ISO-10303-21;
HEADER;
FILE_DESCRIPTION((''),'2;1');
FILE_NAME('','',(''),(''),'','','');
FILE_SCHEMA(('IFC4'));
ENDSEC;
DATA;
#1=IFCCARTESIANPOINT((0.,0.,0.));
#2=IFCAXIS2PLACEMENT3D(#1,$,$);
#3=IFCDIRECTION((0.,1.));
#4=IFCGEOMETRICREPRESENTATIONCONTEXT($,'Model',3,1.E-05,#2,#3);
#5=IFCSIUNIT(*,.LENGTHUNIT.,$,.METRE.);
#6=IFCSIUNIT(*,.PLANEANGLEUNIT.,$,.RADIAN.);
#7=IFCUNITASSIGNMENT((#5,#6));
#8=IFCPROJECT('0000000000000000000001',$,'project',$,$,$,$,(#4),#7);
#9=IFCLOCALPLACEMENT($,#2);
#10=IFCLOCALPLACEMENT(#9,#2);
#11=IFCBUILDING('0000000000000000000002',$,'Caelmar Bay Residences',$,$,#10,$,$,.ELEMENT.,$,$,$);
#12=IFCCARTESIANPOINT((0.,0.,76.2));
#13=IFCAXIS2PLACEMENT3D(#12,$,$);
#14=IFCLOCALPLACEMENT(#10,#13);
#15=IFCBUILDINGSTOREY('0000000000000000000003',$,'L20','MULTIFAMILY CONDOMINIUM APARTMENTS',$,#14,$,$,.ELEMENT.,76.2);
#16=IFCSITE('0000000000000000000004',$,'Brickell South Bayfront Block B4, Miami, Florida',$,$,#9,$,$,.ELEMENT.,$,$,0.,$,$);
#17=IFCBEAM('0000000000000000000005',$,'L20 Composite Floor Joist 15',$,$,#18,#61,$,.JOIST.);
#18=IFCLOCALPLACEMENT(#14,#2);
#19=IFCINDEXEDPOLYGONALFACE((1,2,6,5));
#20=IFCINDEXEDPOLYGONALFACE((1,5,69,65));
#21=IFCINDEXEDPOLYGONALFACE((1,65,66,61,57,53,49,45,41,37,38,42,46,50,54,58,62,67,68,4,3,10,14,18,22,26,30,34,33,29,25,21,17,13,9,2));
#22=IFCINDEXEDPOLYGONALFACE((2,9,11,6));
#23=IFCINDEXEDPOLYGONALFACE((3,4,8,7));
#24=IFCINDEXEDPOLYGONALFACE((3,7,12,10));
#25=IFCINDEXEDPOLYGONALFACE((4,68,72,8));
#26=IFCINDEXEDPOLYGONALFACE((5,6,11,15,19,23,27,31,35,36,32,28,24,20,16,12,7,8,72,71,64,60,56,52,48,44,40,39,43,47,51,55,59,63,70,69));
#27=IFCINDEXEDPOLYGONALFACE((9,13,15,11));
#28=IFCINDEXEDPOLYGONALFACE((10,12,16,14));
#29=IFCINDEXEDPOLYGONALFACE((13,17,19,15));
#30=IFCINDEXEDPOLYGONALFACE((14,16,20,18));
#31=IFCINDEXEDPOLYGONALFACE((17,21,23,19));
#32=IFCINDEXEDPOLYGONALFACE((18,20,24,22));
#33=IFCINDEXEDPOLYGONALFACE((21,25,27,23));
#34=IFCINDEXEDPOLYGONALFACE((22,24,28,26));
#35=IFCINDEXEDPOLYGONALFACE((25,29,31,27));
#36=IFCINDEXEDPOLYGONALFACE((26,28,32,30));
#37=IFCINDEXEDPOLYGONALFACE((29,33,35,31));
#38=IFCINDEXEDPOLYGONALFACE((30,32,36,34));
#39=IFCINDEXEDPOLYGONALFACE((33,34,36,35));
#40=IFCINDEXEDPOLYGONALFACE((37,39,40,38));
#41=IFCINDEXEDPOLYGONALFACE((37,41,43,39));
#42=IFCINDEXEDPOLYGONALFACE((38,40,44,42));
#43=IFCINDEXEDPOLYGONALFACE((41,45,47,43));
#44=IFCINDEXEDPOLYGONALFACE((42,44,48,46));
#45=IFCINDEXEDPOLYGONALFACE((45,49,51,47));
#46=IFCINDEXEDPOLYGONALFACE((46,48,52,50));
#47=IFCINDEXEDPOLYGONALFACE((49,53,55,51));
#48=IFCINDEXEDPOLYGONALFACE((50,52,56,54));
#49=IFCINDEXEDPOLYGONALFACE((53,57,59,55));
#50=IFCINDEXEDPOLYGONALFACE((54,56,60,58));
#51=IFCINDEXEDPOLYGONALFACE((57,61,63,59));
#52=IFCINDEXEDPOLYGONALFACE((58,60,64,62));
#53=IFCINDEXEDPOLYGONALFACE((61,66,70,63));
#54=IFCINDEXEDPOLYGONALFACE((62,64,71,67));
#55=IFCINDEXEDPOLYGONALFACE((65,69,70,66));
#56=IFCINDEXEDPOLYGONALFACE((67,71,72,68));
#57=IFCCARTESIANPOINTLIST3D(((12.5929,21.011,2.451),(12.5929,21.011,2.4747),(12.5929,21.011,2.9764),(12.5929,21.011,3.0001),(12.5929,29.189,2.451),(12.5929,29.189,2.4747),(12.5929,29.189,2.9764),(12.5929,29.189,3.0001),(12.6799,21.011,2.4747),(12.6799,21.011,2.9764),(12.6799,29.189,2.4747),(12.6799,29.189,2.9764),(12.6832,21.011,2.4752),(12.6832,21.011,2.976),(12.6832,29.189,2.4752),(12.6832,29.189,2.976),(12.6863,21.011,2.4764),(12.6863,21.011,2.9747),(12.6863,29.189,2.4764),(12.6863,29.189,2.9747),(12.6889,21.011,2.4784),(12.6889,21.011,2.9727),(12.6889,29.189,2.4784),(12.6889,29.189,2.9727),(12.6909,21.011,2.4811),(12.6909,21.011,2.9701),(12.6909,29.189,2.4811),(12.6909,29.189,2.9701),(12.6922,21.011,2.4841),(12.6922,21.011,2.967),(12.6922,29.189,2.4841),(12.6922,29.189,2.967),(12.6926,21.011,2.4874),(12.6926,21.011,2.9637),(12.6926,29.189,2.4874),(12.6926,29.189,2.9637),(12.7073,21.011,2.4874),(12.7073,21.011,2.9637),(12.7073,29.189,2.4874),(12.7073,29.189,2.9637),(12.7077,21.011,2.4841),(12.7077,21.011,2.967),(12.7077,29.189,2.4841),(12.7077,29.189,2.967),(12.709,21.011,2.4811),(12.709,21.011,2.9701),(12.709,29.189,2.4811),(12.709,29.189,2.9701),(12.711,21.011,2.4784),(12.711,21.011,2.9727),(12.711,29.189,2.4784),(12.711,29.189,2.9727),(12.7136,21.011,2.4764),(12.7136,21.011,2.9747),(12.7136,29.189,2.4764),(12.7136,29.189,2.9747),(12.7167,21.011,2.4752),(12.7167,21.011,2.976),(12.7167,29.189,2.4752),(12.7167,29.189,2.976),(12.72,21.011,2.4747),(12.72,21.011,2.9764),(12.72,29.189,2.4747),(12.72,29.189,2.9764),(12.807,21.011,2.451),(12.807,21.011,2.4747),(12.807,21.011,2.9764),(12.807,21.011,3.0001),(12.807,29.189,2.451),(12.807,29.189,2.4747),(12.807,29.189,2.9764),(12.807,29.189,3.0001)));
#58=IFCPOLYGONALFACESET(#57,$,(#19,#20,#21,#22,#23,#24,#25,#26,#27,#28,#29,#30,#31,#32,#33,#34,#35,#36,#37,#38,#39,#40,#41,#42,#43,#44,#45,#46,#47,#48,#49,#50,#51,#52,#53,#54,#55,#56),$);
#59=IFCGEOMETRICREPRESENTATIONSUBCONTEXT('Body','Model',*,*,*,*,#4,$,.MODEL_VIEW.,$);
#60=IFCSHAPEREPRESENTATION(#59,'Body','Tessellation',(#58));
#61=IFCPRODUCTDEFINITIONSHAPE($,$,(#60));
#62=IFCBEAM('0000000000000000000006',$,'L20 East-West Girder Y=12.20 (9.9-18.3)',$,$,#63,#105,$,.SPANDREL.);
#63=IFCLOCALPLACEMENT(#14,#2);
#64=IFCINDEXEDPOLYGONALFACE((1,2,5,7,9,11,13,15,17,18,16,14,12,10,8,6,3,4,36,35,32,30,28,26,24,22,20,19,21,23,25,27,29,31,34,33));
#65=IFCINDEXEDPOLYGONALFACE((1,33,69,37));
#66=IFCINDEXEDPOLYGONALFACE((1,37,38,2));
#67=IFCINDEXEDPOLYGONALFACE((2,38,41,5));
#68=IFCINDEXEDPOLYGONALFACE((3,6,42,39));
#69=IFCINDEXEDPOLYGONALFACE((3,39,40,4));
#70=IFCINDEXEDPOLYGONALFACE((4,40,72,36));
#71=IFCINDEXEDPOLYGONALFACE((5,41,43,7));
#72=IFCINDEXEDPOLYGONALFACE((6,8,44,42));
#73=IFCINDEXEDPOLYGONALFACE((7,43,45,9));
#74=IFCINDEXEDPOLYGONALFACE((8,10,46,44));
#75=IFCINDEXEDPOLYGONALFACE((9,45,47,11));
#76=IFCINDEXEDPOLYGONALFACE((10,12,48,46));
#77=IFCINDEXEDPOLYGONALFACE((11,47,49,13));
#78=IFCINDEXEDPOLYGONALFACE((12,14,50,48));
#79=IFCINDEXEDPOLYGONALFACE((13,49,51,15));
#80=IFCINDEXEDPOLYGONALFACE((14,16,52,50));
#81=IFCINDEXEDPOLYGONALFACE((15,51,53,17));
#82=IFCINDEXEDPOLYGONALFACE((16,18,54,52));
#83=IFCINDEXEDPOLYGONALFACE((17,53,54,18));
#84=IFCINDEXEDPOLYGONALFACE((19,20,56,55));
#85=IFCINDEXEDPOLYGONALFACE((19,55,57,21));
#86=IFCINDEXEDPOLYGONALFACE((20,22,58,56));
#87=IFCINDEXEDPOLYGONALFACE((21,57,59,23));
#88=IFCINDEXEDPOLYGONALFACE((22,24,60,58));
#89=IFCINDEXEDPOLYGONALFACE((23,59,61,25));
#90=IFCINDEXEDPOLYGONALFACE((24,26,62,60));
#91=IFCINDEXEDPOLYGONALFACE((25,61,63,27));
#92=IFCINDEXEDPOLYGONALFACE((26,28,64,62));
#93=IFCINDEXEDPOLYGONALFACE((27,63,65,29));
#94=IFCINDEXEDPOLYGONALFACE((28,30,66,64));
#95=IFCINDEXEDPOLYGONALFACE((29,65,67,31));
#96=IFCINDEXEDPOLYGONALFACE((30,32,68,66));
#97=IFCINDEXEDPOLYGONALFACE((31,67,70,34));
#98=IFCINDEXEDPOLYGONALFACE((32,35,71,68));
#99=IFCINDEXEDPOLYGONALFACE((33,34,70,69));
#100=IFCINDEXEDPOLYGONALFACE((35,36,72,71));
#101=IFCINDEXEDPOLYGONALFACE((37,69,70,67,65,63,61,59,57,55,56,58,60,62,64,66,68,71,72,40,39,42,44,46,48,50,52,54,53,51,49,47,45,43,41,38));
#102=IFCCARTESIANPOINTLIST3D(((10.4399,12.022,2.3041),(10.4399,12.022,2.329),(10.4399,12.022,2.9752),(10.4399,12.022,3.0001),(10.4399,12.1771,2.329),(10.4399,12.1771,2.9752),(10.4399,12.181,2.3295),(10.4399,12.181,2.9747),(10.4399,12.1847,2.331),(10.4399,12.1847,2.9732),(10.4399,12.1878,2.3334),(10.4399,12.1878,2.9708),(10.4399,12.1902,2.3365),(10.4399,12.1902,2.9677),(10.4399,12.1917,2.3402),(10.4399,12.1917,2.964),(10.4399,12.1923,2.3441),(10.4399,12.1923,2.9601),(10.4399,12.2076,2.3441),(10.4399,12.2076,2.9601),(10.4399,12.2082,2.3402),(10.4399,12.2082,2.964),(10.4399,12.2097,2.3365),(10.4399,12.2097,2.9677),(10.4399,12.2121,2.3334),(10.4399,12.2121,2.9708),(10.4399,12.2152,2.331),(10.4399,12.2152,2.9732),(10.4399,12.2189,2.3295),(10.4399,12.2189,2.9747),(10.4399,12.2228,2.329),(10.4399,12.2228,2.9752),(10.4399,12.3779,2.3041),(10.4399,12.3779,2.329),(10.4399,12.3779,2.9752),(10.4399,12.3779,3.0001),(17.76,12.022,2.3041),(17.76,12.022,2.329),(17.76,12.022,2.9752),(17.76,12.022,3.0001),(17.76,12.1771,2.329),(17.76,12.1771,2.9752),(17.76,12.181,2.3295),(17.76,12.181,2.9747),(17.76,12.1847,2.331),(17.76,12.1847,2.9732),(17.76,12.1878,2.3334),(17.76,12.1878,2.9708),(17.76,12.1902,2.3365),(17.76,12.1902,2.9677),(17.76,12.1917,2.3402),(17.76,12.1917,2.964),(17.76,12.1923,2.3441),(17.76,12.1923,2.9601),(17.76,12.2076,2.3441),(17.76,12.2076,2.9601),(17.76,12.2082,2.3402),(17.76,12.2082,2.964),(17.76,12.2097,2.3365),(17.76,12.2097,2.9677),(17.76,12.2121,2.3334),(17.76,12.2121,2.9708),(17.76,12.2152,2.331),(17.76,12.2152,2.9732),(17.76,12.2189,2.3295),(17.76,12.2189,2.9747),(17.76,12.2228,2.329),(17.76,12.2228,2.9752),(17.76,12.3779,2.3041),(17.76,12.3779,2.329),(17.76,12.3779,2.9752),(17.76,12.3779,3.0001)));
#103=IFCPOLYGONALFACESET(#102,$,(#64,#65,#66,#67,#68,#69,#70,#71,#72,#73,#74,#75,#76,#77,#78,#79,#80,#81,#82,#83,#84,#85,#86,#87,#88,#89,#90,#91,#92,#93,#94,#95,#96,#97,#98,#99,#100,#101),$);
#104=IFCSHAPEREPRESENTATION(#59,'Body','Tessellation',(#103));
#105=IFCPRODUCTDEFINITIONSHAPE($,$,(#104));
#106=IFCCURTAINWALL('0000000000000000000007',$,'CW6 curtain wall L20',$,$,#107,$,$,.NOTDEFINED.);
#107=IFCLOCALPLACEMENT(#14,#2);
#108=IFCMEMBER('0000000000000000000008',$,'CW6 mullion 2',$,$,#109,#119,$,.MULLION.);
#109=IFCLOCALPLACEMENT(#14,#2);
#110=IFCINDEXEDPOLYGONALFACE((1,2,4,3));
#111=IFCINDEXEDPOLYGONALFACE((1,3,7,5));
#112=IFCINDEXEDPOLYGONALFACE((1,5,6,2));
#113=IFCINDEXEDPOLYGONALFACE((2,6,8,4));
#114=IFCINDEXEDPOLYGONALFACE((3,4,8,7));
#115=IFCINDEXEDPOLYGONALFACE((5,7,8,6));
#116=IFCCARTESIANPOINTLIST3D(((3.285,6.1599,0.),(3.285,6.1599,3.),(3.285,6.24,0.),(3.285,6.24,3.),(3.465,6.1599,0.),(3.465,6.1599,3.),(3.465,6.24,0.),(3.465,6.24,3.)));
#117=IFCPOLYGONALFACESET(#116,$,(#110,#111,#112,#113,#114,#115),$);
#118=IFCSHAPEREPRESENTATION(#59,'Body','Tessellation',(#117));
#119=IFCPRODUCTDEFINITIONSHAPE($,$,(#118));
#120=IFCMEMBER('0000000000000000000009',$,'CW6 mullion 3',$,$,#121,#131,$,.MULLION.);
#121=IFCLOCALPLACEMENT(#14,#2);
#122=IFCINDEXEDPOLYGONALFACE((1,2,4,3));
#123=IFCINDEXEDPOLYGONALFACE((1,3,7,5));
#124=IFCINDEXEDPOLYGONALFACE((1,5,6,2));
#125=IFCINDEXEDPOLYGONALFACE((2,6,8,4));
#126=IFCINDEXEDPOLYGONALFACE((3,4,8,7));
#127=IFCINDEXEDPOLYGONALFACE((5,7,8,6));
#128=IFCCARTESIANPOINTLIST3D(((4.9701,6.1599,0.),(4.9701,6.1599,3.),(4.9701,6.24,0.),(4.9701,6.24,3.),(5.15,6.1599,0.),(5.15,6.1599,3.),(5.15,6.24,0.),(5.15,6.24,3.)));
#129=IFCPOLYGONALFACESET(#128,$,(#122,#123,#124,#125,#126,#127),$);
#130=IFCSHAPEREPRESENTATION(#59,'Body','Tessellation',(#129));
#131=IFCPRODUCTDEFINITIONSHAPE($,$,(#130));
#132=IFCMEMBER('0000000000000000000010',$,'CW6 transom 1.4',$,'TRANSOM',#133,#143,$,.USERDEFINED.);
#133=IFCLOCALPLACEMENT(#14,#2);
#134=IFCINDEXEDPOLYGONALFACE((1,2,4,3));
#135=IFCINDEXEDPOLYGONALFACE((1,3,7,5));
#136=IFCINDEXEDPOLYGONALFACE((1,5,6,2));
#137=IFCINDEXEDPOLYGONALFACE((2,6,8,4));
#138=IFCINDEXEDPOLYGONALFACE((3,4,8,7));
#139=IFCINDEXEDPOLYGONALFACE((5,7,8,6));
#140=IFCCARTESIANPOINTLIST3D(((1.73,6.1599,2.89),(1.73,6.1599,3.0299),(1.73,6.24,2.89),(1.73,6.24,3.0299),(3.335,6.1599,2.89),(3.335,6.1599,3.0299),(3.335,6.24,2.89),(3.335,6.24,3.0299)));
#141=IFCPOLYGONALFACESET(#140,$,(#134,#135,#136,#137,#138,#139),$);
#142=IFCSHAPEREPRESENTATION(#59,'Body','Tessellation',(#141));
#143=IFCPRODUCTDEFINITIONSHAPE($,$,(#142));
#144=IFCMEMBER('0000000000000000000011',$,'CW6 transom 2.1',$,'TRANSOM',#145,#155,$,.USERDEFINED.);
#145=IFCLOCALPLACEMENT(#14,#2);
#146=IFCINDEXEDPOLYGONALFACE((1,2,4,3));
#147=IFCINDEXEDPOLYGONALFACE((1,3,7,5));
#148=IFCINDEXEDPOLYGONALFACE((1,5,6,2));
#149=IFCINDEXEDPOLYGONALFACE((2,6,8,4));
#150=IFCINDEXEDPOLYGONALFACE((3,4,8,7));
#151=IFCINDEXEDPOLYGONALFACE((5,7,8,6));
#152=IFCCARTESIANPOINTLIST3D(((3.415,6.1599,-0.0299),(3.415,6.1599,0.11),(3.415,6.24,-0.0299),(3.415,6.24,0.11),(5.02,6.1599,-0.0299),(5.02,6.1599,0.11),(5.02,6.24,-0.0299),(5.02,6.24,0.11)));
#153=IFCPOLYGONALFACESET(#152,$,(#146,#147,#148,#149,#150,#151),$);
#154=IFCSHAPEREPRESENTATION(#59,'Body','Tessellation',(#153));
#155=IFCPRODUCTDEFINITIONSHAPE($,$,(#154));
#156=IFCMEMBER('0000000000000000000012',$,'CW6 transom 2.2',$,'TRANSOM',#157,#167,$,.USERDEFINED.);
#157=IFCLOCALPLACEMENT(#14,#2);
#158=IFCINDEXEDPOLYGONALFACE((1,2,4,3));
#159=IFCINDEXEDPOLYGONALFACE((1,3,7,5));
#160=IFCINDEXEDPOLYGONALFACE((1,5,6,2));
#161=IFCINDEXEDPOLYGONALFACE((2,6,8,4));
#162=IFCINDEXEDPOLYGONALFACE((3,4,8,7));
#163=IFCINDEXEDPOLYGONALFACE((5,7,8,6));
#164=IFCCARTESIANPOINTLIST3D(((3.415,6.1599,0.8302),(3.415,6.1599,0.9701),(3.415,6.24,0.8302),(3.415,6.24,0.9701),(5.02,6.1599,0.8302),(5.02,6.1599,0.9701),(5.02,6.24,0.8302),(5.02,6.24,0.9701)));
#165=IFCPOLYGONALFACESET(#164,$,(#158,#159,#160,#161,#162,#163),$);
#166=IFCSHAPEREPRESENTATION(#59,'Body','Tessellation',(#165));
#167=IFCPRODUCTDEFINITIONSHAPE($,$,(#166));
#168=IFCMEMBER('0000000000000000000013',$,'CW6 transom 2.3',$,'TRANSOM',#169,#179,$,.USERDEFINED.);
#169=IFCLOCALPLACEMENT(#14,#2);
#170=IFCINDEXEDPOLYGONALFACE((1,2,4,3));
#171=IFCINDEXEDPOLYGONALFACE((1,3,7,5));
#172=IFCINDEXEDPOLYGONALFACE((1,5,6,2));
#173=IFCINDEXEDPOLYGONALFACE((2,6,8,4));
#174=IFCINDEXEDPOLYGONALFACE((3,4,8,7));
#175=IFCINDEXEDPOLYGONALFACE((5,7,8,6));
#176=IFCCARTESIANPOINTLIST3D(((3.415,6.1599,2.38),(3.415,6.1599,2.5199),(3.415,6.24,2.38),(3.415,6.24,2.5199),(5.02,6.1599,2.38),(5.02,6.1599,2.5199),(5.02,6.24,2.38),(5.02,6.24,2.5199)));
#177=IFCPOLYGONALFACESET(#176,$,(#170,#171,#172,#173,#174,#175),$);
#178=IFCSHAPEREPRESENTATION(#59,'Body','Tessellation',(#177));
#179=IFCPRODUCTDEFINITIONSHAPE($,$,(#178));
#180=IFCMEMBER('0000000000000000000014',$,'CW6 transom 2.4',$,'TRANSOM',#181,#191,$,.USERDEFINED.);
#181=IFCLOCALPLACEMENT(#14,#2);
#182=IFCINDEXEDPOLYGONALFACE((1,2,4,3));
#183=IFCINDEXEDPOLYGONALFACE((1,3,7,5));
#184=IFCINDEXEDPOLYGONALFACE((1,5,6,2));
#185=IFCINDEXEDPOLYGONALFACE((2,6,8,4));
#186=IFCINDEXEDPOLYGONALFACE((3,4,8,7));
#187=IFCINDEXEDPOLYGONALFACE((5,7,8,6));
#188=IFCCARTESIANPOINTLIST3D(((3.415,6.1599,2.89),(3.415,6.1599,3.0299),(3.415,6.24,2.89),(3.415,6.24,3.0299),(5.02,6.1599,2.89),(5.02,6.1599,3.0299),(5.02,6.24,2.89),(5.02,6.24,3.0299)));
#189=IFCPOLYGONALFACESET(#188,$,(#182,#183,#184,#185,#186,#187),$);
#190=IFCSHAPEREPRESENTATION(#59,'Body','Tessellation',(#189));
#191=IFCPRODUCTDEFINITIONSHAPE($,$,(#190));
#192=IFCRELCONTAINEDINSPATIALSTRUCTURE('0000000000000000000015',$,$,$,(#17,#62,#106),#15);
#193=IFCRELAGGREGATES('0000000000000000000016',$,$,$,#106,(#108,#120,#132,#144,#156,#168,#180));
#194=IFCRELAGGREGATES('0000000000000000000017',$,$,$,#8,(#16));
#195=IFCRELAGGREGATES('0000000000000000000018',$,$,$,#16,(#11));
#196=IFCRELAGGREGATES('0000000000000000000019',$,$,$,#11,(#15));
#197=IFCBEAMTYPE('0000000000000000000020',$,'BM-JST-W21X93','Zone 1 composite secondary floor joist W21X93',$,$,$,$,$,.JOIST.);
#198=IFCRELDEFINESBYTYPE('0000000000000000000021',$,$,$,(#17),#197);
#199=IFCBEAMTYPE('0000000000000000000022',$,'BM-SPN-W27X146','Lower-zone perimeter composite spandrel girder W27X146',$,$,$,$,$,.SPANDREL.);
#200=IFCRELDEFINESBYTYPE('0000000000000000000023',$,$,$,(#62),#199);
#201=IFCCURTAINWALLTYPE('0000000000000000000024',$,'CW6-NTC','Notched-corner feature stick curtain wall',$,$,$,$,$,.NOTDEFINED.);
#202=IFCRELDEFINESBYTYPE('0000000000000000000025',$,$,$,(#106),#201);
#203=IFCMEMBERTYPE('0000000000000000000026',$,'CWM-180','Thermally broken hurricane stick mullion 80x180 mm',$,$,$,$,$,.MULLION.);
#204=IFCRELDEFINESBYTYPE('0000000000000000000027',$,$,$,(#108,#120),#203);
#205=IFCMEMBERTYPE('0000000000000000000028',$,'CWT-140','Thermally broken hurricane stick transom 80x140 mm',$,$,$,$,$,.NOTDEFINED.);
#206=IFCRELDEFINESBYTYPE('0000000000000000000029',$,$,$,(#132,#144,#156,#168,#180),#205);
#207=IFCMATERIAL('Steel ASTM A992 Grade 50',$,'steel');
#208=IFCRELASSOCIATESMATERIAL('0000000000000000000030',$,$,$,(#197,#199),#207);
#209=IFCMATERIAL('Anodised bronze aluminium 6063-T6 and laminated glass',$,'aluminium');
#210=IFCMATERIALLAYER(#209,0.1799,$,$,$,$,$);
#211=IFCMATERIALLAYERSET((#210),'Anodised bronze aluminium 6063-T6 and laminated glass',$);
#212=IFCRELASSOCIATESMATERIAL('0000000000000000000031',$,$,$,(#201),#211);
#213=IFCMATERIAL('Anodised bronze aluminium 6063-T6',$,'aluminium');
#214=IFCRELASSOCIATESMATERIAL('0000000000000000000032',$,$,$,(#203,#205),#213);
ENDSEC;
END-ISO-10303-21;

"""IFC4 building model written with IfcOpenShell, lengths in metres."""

from ifc_helpers import new_model, si_unit, direction, frame, origin, origin_2d, place, context, subcontext, project, spatial, rectangle, i_section, extrude, material, layer, layer_set, material_profile, profile_set, type_object, element, aggregate, save


model = new_model("IFC4")

# Units and contexts
model_context = context("Model", 3, precision=1e-05, world=origin(), true_north=direction((0.0, 1.0)))
body_context = subcontext(model_context, "Body", "Model", "MODEL_VIEW")
ifc_project = project(units=[si_unit("LENGTHUNIT", "METRE"), si_unit("PLANEANGLEUNIT", "RADIAN")], contexts=[model_context])

# Site, building, storey
site_placement = place(None, origin())
site = spatial("IfcSite", under=ifc_project, at=site_placement, Name="Brickell South Bayfront Block B4, Miami, Florida", CompositionType="ELEMENT", RefElevation=0.0)
building_placement = place(site_placement, origin())
building = spatial("IfcBuilding", under=site, at=building_placement, Name="Caelmar Bay Residences", CompositionType="ELEMENT")
storey_placement = place(building_placement, frame((0.0, 0.0, 76.2)))
storey = spatial("IfcBuildingStorey", under=building, at=storey_placement, Name="L20", Description="MULTIFAMILY CONDOMINIUM APARTMENTS", CompositionType="ELEMENT", Elevation=76.2)

# Beams
ifc_material_1 = material(Name="Steel ASTM A992 Grade 50", Category="steel")
ifc_material_profile_1 = material_profile(ifc_material_1, i_section(OverallWidth=0.2141, OverallDepth=0.5491, WebThickness=0.0146, FlangeThickness=0.0237, FilletRadius=0.0127, at=origin_2d()), Name="W21X93")
ifc_profile_set_1 = profile_set([ifc_material_profile_1], Name="Steel ASTM A992 Grade 50")
beam_type_1 = type_object("IfcBeamType", Name="BM-JST-W21X93", Description="Zone 1 composite secondary floor joist W21X93", PredefinedType="JOIST", material=ifc_profile_set_1)
beam_1_placement = place(storey_placement, frame((12.7, 21.011, 2.7256), z_axis=(0.0, 1.0, 0.0), x_axis=(-1.0, 0.0, 0.0)))
element("IfcBeam", 1, at=beam_1_placement, inside=storey, type_object=beam_type_1, Name="L20 Composite Floor Joist 15", PredefinedType="JOIST", context=body_context, shape_type="SweptSolid", body=[
    extrude(i_section(OverallWidth=0.2141, OverallDepth=0.5491, WebThickness=0.0146, FlangeThickness=0.0237, FilletRadius=0.0127, at=origin_2d()), origin(), (0.0, 0.0, 1.0), 8.178),
])
ifc_material_profile_2 = material_profile(ifc_material_1, i_section(OverallWidth=0.356, OverallDepth=0.696, WebThickness=0.0154, FlangeThickness=0.0249, FilletRadius=0.0151, at=origin_2d()), Name="W27X146")
ifc_profile_set_2 = profile_set([ifc_material_profile_2], Name="Steel ASTM A992 Grade 50")
beam_type_2 = type_object("IfcBeamType", Name="BM-SPN-W27X146", Description="Lower-zone perimeter composite spandrel girder W27X146", PredefinedType="SPANDREL", material=ifc_profile_set_2)
beam_2_placement = place(storey_placement, frame((10.4399, 12.2, 2.6521), z_axis=(1.0, 0.0, 0.0), x_axis=(0.0, 1.0, 0.0)))
element("IfcBeam", 2, at=beam_2_placement, inside=storey, type_object=beam_type_2, Name="L20 East-West Girder Y=12.20 (9.9-18.3)", PredefinedType="SPANDREL", context=body_context, shape_type="SweptSolid", body=[
    extrude(i_section(OverallWidth=0.356, OverallDepth=0.696, WebThickness=0.0154, FlangeThickness=0.0249, FilletRadius=0.0151, at=origin_2d()), origin(), (0.0, 0.0, 1.0), 7.3201),
])

# Curtain wall, members
ifc_material_2 = material(Name="Anodised bronze aluminium 6063-T6 and laminated glass", Category="aluminium")
ifc_layer_1 = layer(ifc_material_2, 0.1799)
ifc_layer_set_1 = layer_set([ifc_layer_1], Name="Anodised bronze aluminium 6063-T6 and laminated glass")
curtain_wall_type = type_object("IfcCurtainWallType", Name="CW6-NTC", Description="Notched-corner feature stick curtain wall", PredefinedType="NOTDEFINED", material=ifc_layer_set_1)
curtain_wall_placement = place(storey_placement, origin())
curtain_wall = element("IfcCurtainWall", 3, at=curtain_wall_placement, inside=storey, type_object=curtain_wall_type, Name="CW6 curtain wall L20", PredefinedType="NOTDEFINED")
ifc_material_3 = material(Name="Anodised bronze aluminium 6063-T6", Category="aluminium")
ifc_material_profile_3 = material_profile(ifc_material_3, rectangle(XDim=0.0801, YDim=0.1799, at=origin_2d()), Name="CWM-80X180")
ifc_profile_set_3 = profile_set([ifc_material_profile_3], Name="Anodised bronze aluminium 6063-T6")
member_type_1 = type_object("IfcMemberType", Name="CWM-180", Description="Thermally broken hurricane stick mullion 80x180 mm", PredefinedType="MULLION", material=ifc_profile_set_3)
member_1_placement = place(storey_placement, frame((3.375, 6.2, 0.0), z_axis=(0.0, 0.0, 1.0), x_axis=(0.0, 1.0, 0.0)))
member_1 = element("IfcMember", 4, at=member_1_placement, type_object=member_type_1, Name="CW6 mullion 2", PredefinedType="MULLION", context=body_context, shape_type="SweptSolid", body=[
    extrude(rectangle(XDim=0.0801, YDim=0.1799, at=origin_2d()), origin(), (0.0, 0.0, 1.0), 3.0),
])
member_2_placement = place(storey_placement, frame((5.0601, 6.2, 0.0), z_axis=(0.0, 0.0, 1.0), x_axis=(0.0, 1.0, 0.0)))
member_2 = element("IfcMember", 5, at=member_2_placement, type_object=member_type_1, Name="CW6 mullion 3", PredefinedType="MULLION", context=body_context, shape_type="SweptSolid", body=[
    extrude(rectangle(XDim=0.0801, YDim=0.1799, at=origin_2d()), origin(), (0.0, 0.0, 1.0), 3.0),
])
ifc_material_profile_4 = material_profile(ifc_material_3, rectangle(XDim=0.0801, YDim=0.1399, at=origin_2d()), Name="CWT-80X140")
ifc_profile_set_4 = profile_set([ifc_material_profile_4], Name="Anodised bronze aluminium 6063-T6")
member_type_2 = type_object("IfcMemberType", Name="CWT-140", Description="Thermally broken hurricane stick transom 80x140 mm", PredefinedType="NOTDEFINED", material=ifc_profile_set_4)
member_3_placement = place(storey_placement, frame((1.73, 6.2, 2.96), z_axis=(1.0, 0.0, 0.0), x_axis=(0.0, 1.0, 0.0)))
member_3 = element("IfcMember", 6, at=member_3_placement, type_object=member_type_2, Name="CW6 transom 1.4", ObjectType="TRANSOM", PredefinedType="USERDEFINED", context=body_context, shape_type="SweptSolid", body=[
    extrude(rectangle(XDim=0.0801, YDim=0.1399, at=origin_2d()), origin(), (0.0, 0.0, 1.0), 1.605),
])
member_4_placement = place(storey_placement, frame((3.415, 6.2, 0.04), z_axis=(1.0, 0.0, 0.0), x_axis=(0.0, 1.0, 0.0)))
member_4 = element("IfcMember", 7, at=member_4_placement, type_object=member_type_2, Name="CW6 transom 2.1", ObjectType="TRANSOM", PredefinedType="USERDEFINED", context=body_context, shape_type="SweptSolid", body=[
    extrude(rectangle(XDim=0.0801, YDim=0.1399, at=origin_2d()), origin(), (0.0, 0.0, 1.0), 1.605),
])
member_5_placement = place(storey_placement, frame((3.415, 6.2, 0.9001), z_axis=(1.0, 0.0, 0.0), x_axis=(0.0, 1.0, 0.0)))
member_5 = element("IfcMember", 8, at=member_5_placement, type_object=member_type_2, Name="CW6 transom 2.2", ObjectType="TRANSOM", PredefinedType="USERDEFINED", context=body_context, shape_type="SweptSolid", body=[
    extrude(rectangle(XDim=0.0801, YDim=0.1399, at=origin_2d()), origin(), (0.0, 0.0, 1.0), 1.605),
])
member_6_placement = place(storey_placement, frame((3.415, 6.2, 2.45), z_axis=(1.0, 0.0, 0.0), x_axis=(0.0, 1.0, 0.0)))
member_6 = element("IfcMember", 9, at=member_6_placement, type_object=member_type_2, Name="CW6 transom 2.3", ObjectType="TRANSOM", PredefinedType="USERDEFINED", context=body_context, shape_type="SweptSolid", body=[
    extrude(rectangle(XDim=0.0801, YDim=0.1399, at=origin_2d()), origin(), (0.0, 0.0, 1.0), 1.605),
])
member_7_placement = place(storey_placement, frame((3.415, 6.2, 2.96), z_axis=(1.0, 0.0, 0.0), x_axis=(0.0, 1.0, 0.0)))
member_7 = element("IfcMember", 10, at=member_7_placement, type_object=member_type_2, Name="CW6 transom 2.4", ObjectType="TRANSOM", PredefinedType="USERDEFINED", context=body_context, shape_type="SweptSolid", body=[
    extrude(rectangle(XDim=0.0801, YDim=0.1399, at=origin_2d()), origin(), (0.0, 0.0, 1.0), 1.605),
])
aggregate(curtain_wall, [member_1, member_2, member_3, member_4, member_5, member_6, member_7])

save(model, "model.ifc")
